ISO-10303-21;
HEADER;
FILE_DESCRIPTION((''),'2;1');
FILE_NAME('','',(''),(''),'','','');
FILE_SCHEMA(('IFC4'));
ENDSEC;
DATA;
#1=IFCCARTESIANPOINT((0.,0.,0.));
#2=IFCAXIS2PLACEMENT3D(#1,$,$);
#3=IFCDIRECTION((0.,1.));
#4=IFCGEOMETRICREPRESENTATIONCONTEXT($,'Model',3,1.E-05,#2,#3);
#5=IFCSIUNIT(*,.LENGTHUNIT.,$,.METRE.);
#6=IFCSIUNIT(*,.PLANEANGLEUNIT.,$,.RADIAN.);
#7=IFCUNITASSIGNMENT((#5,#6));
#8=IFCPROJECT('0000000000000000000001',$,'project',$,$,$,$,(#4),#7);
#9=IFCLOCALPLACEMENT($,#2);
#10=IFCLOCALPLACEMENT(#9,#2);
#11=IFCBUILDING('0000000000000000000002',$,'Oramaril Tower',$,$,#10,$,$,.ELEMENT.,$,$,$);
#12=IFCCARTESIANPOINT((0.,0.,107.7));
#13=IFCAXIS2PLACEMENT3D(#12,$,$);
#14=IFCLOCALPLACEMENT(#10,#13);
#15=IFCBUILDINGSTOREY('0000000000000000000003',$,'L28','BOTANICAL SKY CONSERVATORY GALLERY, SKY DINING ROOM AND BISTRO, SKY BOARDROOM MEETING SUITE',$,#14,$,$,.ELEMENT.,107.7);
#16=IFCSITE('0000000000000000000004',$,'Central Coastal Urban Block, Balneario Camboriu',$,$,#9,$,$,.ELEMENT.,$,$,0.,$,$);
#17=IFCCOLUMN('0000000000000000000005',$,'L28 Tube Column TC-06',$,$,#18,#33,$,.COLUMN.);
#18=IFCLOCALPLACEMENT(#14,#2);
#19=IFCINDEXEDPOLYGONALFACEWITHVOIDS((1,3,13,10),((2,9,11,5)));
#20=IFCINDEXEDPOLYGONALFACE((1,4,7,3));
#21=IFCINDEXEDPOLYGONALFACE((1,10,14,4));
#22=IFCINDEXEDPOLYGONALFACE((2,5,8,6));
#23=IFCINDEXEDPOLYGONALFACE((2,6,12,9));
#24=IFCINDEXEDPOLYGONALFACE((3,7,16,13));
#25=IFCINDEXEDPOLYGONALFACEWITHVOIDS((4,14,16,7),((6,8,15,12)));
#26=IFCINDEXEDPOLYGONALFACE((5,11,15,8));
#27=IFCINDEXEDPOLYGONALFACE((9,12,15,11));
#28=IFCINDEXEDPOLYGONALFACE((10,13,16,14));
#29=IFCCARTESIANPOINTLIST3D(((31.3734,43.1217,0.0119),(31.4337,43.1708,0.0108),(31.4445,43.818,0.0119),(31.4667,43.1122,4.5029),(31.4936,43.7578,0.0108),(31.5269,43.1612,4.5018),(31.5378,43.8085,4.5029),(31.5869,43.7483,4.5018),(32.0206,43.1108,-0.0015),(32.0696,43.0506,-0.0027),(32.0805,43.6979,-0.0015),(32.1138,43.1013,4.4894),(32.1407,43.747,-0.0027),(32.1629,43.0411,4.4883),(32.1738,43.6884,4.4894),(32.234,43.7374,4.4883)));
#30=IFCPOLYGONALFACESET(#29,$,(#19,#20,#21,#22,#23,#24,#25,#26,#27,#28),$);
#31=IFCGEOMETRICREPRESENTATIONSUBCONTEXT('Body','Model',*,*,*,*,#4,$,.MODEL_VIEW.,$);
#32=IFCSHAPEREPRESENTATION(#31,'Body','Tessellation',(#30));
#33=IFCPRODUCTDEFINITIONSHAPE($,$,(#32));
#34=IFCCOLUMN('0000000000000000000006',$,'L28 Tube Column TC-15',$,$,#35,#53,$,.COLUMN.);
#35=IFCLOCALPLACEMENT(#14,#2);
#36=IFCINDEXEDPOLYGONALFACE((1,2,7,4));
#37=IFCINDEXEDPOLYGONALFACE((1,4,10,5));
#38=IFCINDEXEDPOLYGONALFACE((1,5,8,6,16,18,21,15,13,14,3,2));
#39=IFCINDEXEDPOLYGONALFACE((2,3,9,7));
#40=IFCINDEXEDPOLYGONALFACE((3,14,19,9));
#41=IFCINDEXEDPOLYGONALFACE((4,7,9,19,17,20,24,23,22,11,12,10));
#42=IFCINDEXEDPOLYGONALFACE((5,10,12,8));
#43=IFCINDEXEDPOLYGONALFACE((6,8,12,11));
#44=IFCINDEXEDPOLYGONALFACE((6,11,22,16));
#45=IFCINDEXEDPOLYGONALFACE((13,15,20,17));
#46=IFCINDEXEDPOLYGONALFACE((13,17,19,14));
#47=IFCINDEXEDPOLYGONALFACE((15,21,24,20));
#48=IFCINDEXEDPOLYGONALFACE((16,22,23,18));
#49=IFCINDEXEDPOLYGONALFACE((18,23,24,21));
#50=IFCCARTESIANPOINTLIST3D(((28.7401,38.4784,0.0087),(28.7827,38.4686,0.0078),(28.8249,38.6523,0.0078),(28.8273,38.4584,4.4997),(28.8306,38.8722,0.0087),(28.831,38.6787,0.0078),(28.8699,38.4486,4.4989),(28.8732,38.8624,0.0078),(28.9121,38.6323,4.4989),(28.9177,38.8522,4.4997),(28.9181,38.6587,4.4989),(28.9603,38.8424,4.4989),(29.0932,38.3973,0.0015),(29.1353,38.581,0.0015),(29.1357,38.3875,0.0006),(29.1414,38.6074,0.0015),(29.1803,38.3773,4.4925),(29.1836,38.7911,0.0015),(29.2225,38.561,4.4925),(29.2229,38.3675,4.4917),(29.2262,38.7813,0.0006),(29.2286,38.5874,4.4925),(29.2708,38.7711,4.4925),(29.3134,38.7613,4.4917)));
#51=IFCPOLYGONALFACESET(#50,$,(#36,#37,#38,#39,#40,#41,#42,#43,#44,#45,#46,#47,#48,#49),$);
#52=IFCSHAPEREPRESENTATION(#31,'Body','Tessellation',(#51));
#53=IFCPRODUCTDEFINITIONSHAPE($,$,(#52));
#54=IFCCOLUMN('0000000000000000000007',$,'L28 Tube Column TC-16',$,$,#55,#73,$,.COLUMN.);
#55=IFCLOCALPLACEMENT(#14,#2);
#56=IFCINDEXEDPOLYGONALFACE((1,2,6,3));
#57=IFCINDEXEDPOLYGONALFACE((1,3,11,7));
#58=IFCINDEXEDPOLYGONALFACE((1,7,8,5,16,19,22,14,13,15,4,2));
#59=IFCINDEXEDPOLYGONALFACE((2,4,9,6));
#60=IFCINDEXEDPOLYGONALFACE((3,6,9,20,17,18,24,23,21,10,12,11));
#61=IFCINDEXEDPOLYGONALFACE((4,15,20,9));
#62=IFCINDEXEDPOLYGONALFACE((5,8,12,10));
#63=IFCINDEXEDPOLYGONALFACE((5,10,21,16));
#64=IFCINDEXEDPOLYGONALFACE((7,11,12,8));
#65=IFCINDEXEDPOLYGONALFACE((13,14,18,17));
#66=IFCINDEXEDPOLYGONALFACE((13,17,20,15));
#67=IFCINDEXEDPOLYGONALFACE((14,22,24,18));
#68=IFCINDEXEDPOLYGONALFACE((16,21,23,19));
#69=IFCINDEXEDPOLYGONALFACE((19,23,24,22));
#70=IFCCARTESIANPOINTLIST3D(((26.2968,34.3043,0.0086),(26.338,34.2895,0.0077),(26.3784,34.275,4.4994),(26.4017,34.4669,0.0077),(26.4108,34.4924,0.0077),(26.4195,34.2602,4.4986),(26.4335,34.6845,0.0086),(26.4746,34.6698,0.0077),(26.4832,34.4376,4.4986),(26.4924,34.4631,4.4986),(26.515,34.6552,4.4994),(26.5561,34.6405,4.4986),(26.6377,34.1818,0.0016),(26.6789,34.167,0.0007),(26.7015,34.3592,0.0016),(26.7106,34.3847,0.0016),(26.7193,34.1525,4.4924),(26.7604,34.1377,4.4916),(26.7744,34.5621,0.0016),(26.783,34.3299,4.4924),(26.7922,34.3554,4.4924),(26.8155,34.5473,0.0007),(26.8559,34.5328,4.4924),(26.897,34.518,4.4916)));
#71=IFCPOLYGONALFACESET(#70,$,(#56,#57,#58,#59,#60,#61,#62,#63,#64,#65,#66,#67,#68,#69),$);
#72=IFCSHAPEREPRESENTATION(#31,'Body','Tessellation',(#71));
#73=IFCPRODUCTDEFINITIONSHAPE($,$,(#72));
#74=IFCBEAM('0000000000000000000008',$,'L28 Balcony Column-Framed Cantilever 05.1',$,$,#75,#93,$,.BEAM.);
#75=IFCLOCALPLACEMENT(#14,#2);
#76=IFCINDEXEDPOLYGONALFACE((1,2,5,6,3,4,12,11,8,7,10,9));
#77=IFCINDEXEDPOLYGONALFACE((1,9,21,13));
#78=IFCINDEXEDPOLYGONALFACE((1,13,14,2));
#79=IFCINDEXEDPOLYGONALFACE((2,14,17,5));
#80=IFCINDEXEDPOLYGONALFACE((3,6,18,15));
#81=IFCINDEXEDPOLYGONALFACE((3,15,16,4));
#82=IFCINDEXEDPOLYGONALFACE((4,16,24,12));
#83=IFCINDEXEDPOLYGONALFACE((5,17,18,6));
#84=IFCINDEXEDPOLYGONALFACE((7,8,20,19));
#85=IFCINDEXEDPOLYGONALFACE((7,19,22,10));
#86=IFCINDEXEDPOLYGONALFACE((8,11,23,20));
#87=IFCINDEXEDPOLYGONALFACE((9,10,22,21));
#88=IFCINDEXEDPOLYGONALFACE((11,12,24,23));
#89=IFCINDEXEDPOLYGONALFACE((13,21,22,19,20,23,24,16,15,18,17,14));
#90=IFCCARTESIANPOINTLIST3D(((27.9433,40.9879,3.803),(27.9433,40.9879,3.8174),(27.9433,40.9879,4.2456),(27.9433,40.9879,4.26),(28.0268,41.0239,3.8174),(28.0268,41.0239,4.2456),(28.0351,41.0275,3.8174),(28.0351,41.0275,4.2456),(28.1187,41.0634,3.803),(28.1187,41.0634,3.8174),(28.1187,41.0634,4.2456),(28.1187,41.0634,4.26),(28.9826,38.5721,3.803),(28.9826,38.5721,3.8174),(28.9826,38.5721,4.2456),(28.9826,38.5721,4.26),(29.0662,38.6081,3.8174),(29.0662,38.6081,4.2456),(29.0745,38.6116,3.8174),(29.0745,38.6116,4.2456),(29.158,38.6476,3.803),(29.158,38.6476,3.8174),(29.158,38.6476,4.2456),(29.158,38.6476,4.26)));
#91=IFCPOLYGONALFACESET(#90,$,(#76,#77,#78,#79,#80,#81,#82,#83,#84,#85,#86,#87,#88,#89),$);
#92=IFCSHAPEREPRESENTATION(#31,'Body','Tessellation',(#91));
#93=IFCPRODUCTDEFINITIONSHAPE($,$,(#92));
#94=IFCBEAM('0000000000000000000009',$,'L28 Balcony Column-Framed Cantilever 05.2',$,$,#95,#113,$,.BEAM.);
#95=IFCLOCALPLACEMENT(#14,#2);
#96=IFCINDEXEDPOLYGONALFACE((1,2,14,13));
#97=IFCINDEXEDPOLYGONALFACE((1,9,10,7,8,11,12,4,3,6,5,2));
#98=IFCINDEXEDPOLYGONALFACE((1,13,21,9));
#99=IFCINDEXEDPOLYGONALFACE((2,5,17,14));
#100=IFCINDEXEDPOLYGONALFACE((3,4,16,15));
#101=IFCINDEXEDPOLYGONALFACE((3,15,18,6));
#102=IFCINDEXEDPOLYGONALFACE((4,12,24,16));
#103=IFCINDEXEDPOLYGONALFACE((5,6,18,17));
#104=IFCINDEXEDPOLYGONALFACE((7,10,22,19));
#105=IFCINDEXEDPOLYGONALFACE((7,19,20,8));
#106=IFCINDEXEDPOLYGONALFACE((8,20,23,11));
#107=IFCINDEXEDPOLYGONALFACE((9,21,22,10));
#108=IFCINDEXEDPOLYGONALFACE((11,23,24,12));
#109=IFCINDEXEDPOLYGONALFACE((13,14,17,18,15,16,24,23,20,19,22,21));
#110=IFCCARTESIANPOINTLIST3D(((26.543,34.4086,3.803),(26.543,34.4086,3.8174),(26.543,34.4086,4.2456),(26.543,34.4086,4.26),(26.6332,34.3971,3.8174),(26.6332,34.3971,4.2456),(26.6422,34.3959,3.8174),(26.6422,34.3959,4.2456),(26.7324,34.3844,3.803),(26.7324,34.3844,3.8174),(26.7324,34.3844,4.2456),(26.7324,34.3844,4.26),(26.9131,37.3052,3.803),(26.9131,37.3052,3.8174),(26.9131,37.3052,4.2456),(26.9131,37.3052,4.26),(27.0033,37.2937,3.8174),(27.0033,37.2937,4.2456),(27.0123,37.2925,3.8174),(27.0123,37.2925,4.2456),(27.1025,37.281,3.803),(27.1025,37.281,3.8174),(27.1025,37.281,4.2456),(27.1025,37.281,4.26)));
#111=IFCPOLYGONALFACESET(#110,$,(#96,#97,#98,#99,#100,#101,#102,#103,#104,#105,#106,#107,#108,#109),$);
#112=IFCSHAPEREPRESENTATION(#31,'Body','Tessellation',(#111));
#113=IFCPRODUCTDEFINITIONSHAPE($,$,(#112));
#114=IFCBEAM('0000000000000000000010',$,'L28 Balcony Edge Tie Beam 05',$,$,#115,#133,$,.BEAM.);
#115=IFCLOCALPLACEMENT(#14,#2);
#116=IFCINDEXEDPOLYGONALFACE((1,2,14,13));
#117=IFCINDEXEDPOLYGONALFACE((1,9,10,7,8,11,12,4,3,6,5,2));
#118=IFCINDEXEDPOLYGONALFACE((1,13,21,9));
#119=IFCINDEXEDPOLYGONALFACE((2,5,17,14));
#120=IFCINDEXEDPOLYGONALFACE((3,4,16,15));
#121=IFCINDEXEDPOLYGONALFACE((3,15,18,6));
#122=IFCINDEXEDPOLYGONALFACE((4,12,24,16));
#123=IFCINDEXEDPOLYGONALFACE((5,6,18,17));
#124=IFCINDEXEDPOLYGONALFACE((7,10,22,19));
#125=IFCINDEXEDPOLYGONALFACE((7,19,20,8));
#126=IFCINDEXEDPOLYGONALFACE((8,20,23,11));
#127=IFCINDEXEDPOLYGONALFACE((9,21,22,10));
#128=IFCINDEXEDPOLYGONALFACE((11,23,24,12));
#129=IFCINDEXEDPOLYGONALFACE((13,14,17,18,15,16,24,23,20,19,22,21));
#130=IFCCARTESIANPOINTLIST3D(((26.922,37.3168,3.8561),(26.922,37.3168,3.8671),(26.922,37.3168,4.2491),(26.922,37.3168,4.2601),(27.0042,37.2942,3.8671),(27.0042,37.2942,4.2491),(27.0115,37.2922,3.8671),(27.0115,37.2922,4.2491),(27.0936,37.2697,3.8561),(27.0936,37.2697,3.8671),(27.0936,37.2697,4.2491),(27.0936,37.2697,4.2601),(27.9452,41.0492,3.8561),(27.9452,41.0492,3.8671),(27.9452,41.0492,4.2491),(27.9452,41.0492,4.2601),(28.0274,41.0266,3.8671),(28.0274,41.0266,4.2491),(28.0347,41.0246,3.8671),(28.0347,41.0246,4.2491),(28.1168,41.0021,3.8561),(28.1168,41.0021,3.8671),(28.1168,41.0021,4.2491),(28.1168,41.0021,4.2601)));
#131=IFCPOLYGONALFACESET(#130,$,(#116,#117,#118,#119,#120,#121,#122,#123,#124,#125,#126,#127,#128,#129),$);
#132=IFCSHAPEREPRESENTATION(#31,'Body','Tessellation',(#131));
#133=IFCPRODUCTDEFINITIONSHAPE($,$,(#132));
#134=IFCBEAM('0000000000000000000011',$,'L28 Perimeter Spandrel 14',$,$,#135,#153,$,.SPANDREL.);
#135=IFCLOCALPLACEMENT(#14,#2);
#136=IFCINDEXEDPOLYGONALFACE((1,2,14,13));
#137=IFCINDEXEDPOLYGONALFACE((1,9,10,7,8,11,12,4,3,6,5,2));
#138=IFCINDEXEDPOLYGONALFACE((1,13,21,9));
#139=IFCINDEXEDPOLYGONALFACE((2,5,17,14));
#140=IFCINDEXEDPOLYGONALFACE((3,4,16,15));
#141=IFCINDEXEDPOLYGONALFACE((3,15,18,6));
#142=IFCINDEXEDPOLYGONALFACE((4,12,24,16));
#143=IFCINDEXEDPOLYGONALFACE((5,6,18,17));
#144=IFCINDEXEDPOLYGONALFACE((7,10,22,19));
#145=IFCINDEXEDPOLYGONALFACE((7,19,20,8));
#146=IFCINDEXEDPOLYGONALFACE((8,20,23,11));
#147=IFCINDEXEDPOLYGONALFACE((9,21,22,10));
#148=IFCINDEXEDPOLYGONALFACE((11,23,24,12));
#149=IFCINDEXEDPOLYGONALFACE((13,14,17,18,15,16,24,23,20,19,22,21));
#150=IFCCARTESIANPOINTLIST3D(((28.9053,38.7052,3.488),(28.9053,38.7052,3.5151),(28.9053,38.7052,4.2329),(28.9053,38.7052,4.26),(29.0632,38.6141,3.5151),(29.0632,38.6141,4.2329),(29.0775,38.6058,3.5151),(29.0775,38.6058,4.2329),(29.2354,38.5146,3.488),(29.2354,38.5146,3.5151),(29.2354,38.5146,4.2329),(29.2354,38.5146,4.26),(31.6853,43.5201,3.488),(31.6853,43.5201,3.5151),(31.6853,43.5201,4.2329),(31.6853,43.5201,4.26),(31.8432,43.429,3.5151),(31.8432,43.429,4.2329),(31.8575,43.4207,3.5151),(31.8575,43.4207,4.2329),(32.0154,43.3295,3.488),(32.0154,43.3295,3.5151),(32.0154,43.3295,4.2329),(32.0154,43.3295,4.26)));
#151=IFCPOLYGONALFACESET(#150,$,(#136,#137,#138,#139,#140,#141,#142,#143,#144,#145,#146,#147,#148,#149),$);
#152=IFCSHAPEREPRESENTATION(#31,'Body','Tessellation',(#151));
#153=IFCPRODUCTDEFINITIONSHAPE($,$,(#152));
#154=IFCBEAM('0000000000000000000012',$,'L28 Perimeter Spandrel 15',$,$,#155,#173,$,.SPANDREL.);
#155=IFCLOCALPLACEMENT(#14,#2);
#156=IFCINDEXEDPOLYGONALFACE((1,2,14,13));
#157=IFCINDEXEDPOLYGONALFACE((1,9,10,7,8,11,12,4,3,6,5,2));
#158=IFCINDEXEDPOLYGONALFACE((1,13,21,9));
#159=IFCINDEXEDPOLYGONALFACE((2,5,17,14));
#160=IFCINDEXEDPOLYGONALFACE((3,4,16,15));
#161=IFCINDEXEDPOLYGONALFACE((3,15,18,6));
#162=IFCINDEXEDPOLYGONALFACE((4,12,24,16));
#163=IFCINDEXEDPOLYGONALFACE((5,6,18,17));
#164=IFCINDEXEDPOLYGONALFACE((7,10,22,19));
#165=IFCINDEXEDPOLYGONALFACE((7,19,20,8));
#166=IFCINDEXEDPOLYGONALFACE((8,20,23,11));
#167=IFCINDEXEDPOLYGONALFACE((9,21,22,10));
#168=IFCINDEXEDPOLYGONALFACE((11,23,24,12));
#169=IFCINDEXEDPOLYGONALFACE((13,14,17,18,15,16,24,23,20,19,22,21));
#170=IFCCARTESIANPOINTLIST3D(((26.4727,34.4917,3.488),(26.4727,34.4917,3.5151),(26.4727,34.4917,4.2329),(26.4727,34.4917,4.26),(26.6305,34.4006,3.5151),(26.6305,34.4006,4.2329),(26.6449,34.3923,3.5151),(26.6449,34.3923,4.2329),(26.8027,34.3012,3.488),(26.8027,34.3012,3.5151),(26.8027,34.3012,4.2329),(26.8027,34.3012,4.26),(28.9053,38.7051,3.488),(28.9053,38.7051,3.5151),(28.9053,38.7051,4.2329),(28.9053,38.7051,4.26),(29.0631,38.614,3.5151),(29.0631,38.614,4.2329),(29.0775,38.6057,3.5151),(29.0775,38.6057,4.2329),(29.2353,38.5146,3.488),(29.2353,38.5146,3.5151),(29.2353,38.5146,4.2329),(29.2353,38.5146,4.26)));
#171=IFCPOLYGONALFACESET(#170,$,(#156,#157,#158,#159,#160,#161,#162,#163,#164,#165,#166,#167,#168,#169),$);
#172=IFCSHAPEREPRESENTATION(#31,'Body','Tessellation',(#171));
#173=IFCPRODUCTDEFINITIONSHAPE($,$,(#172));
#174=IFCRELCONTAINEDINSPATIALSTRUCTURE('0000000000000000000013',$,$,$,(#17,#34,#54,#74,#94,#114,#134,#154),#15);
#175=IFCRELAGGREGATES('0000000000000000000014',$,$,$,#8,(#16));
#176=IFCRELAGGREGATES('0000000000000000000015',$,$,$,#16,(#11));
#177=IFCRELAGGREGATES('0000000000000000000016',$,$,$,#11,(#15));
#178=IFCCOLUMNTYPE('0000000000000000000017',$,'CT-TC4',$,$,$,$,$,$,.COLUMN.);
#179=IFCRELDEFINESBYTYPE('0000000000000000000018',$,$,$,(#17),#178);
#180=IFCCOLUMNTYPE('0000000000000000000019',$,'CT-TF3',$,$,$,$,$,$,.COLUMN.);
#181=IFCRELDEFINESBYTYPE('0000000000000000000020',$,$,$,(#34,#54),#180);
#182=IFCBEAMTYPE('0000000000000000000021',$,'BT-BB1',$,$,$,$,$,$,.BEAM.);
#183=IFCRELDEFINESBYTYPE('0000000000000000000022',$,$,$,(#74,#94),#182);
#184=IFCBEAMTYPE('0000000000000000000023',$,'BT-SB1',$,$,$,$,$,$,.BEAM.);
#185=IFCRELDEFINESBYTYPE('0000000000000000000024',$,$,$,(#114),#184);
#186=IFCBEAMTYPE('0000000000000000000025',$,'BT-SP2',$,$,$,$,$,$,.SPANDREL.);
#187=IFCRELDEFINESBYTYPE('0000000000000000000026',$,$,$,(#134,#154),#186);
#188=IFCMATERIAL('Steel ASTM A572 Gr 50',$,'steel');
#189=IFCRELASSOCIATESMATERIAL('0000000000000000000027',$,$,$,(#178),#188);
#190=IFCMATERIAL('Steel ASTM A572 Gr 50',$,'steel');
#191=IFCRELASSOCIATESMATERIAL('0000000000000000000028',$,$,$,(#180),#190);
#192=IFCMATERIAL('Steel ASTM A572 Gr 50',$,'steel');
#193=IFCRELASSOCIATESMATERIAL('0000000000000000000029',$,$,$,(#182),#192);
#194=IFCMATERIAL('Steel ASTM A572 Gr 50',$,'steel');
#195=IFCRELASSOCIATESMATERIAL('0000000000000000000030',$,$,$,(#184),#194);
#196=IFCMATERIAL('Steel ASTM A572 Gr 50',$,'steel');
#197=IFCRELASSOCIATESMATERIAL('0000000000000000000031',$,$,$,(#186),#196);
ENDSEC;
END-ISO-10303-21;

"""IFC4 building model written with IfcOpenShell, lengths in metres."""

from ifc_helpers import new_model, si_unit, direction, frame, origin, origin_2d, place, context, subcontext, project, spatial, hollow_rectangle, i_section, extrude, material, material_profile, profile_set, type_object, element, save


model = new_model("IFC4")

# Units and contexts
model_context = context("Model", 3, precision=1e-05, world=origin(), true_north=direction((0.0, 1.0)))
body_context = subcontext(model_context, "Body", "Model", "MODEL_VIEW")
ifc_project = project(units=[si_unit("LENGTHUNIT", "METRE"), si_unit("PLANEANGLEUNIT", "RADIAN")], contexts=[model_context])

# Site, building, storey
site_placement = place(None, origin())
site = spatial("IfcSite", under=ifc_project, at=site_placement, Name="Central Coastal Urban Block, Balneario Camboriu", CompositionType="ELEMENT", RefElevation=0.0)
building_placement = place(site_placement, origin())
building = spatial("IfcBuilding", under=site, at=building_placement, Name="Oramaril Tower", CompositionType="ELEMENT")
storey_placement = place(building_placement, frame((0.0, 0.0, 107.7)))
storey = spatial("IfcBuildingStorey", under=building, at=storey_placement, Name="L28", Description="BOTANICAL SKY CONSERVATORY GALLERY, SKY DINING ROOM AND BISTRO, SKY BOARDROOM MEETING SUITE", CompositionType="ELEMENT", Elevation=107.7)

# Columns
ifc_material_1 = material(Name="Steel ASTM A572 Gr 50", Category="steel")
ifc_material_profile_1 = material_profile(ifc_material_1, hollow_rectangle(XDim=0.7, YDim=0.7, WallThickness=0.0549, at=origin_2d()), Name="BOX700X700X55")
ifc_profile_set_1 = profile_set([ifc_material_profile_1], Name="Steel ASTM A572 Gr 50")
column_type_1 = type_object("IfcColumnType", Name="CT-TC4", PredefinedType="COLUMN", material=ifc_profile_set_1)
column_1_placement = place(storey_placement, frame((31.7571, 43.4343, 0.0046), z_axis=(0.020762, -0.00212, 0.999782), x_axis=(0.101566, 0.994829, 0.0)))
element("IfcColumn", 1, at=column_1_placement, inside=storey, type_object=column_type_1, Name="L28 Tube Column TC-06", PredefinedType="COLUMN", context=body_context, shape_type="SweptSolid", body=[
    extrude(hollow_rectangle(XDim=0.7, YDim=0.7, WallThickness=0.0549, at=origin_2d()), origin(), (0.0, 0.0, 1.0), 4.4919),
])
ifc_material_2 = material(Name="Steel ASTM A572 Gr 50", Category="steel")
ifc_material_profile_2 = material_profile(ifc_material_2, i_section(OverallWidth=0.4041, OverallDepth=0.406, WebThickness=0.0271, FlangeThickness=0.0437, at=origin_2d()), Name="W14X233")
ifc_profile_set_2 = profile_set([ifc_material_profile_2], Name="Steel ASTM A572 Gr 50")
column_type_2 = type_object("IfcColumnType", Name="CT-TF3", PredefinedType="COLUMN", material=ifc_profile_set_2)
column_2_placement = place(storey_placement, frame((28.9832, 38.6299, 0.0046), z_axis=(0.019404, -0.004457, 0.999802), x_axis=(0.223862, 0.974621, 0.0)))
element("IfcColumn", 2, at=column_2_placement, inside=storey, type_object=column_type_2, Name="L28 Tube Column TC-15", PredefinedType="COLUMN", context=body_context, shape_type="SweptSolid", body=[
    extrude(i_section(OverallWidth=0.4041, OverallDepth=0.406, WebThickness=0.0271, FlangeThickness=0.0437, at=origin_2d()), origin(), (0.0, 0.0, 1.0), 4.4919),
])
column_3_placement = place(storey_placement, frame((26.5562, 34.4258, 0.0046), z_axis=(0.018154, -0.006522, 0.999814), x_axis=(0.338121, 0.941103, 0.0)))
element("IfcColumn", 3, at=column_3_placement, inside=storey, type_object=column_type_2, Name="L28 Tube Column TC-16", PredefinedType="COLUMN", context=body_context, shape_type="SweptSolid", body=[
    extrude(i_section(OverallWidth=0.4041, OverallDepth=0.406, WebThickness=0.0271, FlangeThickness=0.0437, at=origin_2d()), origin(), (0.0, 0.0, 1.0), 4.4917),
])

# Beams
ifc_material_3 = material(Name="Steel ASTM A572 Gr 50", Category="steel")
ifc_material_profile_3 = material_profile(ifc_material_3, i_section(OverallWidth=0.1909, OverallDepth=0.457, WebThickness=0.009, FlangeThickness=0.0144, at=origin_2d()), Name="W18X50")
ifc_profile_set_3 = profile_set([ifc_material_profile_3], Name="Steel ASTM A572 Gr 50")
beam_type_1 = type_object("IfcBeamType", Name="BT-BB1", PredefinedType="BEAM", material=ifc_profile_set_3)
beam_1_placement = place(storey_placement, frame((29.0703, 38.6099, 4.0315), z_axis=(-0.395196, 0.918597, 0.0), x_axis=(-0.918597, -0.395196, 0.0)))
element("IfcBeam", 4, at=beam_1_placement, inside=storey, type_object=beam_type_1, Name="L28 Balcony Column-Framed Cantilever 05.1", PredefinedType="BEAM", context=body_context, shape_type="SweptSolid", body=[
    extrude(i_section(OverallWidth=0.1909, OverallDepth=0.457, WebThickness=0.009, FlangeThickness=0.0144, at=origin_2d()), origin(), (0.0, 0.0, 1.0), 2.6299),
])
beam_2_placement = place(storey_placement, frame((26.6377, 34.3965, 4.0315), z_axis=(0.12674, 0.991936, 0.0), x_axis=(-0.991936, 0.12674, 0.0)))
element("IfcBeam", 5, at=beam_2_placement, inside=storey, type_object=beam_type_1, Name="L28 Balcony Column-Framed Cantilever 05.2", PredefinedType="BEAM", context=body_context, shape_type="SweptSolid", body=[
    extrude(i_section(OverallWidth=0.1909, OverallDepth=0.457, WebThickness=0.009, FlangeThickness=0.0144, at=origin_2d()), origin(), (0.0, 0.0, 1.0), 2.9202),
])
ifc_material_4 = material(Name="Steel ASTM A572 Gr 50", Category="steel")
ifc_material_profile_4 = material_profile(ifc_material_4, i_section(OverallWidth=0.178, OverallDepth=0.4041, WebThickness=0.0076, FlangeThickness=0.011, at=origin_2d()), Name="W16X36")
ifc_profile_set_4 = profile_set([ifc_material_profile_4], Name="Steel ASTM A572 Gr 50")
beam_type_2 = type_object("IfcBeamType", Name="BT-SB1", PredefinedType="BEAM", material=ifc_profile_set_4)
beam_3_placement = place(storey_placement, frame((28.031, 41.0256, 4.0581), z_axis=(-0.264382, -0.964418, 0.0), x_axis=(0.964418, -0.264382, 0.0)))
element("IfcBeam", 6, at=beam_3_placement, inside=storey, type_object=beam_type_2, Name="L28 Balcony Edge Tie Beam 05", PredefinedType="BEAM", context=body_context, shape_type="SweptSolid", body=[
    extrude(i_section(OverallWidth=0.178, OverallDepth=0.4041, WebThickness=0.0076, FlangeThickness=0.011, at=origin_2d()), origin(), (0.0, 0.0, 1.0), 3.8701),
])
ifc_material_5 = material(Name="Steel ASTM A572 Gr 50", Category="steel")
ifc_material_profile_5 = material_profile(ifc_material_5, i_section(OverallWidth=0.3811, OverallDepth=0.772, WebThickness=0.0166, FlangeThickness=0.0271, at=origin_2d()), Name="W30X173")
ifc_profile_set_5 = profile_set([ifc_material_profile_5], Name="Steel ASTM A572 Gr 50")
beam_type_3 = type_object("IfcBeamType", Name="BT-SP2", PredefinedType="SPANDREL", material=ifc_profile_set_5)
beam_4_placement = place(storey_placement, frame((31.8503, 43.4248, 3.874), z_axis=(-0.500016, -0.866016, 0.0), x_axis=(0.866016, -0.500016, 0.0)))
element("IfcBeam", 7, at=beam_4_placement, inside=storey, type_object=beam_type_3, Name="L28 Perimeter Spandrel 14", PredefinedType="SPANDREL", context=body_context, shape_type="SweptSolid", body=[
    extrude(i_section(OverallWidth=0.3811, OverallDepth=0.772, WebThickness=0.0166, FlangeThickness=0.0271, at=origin_2d()), origin(), (0.0, 0.0, 1.0), 5.5598),
])
beam_5_placement = place(storey_placement, frame((29.0703, 38.6099, 3.874), z_axis=(-0.500003, -0.866023, 0.0), x_axis=(0.866023, -0.500003, 0.0)))
element("IfcBeam", 8, at=beam_5_placement, inside=storey, type_object=beam_type_3, Name="L28 Perimeter Spandrel 15", PredefinedType="SPANDREL", context=body_context, shape_type="SweptSolid", body=[
    extrude(i_section(OverallWidth=0.3811, OverallDepth=0.772, WebThickness=0.0166, FlangeThickness=0.0271, at=origin_2d()), origin(), (0.0, 0.0, 1.0), 4.8652),
])

save(model, "model.ifc")
